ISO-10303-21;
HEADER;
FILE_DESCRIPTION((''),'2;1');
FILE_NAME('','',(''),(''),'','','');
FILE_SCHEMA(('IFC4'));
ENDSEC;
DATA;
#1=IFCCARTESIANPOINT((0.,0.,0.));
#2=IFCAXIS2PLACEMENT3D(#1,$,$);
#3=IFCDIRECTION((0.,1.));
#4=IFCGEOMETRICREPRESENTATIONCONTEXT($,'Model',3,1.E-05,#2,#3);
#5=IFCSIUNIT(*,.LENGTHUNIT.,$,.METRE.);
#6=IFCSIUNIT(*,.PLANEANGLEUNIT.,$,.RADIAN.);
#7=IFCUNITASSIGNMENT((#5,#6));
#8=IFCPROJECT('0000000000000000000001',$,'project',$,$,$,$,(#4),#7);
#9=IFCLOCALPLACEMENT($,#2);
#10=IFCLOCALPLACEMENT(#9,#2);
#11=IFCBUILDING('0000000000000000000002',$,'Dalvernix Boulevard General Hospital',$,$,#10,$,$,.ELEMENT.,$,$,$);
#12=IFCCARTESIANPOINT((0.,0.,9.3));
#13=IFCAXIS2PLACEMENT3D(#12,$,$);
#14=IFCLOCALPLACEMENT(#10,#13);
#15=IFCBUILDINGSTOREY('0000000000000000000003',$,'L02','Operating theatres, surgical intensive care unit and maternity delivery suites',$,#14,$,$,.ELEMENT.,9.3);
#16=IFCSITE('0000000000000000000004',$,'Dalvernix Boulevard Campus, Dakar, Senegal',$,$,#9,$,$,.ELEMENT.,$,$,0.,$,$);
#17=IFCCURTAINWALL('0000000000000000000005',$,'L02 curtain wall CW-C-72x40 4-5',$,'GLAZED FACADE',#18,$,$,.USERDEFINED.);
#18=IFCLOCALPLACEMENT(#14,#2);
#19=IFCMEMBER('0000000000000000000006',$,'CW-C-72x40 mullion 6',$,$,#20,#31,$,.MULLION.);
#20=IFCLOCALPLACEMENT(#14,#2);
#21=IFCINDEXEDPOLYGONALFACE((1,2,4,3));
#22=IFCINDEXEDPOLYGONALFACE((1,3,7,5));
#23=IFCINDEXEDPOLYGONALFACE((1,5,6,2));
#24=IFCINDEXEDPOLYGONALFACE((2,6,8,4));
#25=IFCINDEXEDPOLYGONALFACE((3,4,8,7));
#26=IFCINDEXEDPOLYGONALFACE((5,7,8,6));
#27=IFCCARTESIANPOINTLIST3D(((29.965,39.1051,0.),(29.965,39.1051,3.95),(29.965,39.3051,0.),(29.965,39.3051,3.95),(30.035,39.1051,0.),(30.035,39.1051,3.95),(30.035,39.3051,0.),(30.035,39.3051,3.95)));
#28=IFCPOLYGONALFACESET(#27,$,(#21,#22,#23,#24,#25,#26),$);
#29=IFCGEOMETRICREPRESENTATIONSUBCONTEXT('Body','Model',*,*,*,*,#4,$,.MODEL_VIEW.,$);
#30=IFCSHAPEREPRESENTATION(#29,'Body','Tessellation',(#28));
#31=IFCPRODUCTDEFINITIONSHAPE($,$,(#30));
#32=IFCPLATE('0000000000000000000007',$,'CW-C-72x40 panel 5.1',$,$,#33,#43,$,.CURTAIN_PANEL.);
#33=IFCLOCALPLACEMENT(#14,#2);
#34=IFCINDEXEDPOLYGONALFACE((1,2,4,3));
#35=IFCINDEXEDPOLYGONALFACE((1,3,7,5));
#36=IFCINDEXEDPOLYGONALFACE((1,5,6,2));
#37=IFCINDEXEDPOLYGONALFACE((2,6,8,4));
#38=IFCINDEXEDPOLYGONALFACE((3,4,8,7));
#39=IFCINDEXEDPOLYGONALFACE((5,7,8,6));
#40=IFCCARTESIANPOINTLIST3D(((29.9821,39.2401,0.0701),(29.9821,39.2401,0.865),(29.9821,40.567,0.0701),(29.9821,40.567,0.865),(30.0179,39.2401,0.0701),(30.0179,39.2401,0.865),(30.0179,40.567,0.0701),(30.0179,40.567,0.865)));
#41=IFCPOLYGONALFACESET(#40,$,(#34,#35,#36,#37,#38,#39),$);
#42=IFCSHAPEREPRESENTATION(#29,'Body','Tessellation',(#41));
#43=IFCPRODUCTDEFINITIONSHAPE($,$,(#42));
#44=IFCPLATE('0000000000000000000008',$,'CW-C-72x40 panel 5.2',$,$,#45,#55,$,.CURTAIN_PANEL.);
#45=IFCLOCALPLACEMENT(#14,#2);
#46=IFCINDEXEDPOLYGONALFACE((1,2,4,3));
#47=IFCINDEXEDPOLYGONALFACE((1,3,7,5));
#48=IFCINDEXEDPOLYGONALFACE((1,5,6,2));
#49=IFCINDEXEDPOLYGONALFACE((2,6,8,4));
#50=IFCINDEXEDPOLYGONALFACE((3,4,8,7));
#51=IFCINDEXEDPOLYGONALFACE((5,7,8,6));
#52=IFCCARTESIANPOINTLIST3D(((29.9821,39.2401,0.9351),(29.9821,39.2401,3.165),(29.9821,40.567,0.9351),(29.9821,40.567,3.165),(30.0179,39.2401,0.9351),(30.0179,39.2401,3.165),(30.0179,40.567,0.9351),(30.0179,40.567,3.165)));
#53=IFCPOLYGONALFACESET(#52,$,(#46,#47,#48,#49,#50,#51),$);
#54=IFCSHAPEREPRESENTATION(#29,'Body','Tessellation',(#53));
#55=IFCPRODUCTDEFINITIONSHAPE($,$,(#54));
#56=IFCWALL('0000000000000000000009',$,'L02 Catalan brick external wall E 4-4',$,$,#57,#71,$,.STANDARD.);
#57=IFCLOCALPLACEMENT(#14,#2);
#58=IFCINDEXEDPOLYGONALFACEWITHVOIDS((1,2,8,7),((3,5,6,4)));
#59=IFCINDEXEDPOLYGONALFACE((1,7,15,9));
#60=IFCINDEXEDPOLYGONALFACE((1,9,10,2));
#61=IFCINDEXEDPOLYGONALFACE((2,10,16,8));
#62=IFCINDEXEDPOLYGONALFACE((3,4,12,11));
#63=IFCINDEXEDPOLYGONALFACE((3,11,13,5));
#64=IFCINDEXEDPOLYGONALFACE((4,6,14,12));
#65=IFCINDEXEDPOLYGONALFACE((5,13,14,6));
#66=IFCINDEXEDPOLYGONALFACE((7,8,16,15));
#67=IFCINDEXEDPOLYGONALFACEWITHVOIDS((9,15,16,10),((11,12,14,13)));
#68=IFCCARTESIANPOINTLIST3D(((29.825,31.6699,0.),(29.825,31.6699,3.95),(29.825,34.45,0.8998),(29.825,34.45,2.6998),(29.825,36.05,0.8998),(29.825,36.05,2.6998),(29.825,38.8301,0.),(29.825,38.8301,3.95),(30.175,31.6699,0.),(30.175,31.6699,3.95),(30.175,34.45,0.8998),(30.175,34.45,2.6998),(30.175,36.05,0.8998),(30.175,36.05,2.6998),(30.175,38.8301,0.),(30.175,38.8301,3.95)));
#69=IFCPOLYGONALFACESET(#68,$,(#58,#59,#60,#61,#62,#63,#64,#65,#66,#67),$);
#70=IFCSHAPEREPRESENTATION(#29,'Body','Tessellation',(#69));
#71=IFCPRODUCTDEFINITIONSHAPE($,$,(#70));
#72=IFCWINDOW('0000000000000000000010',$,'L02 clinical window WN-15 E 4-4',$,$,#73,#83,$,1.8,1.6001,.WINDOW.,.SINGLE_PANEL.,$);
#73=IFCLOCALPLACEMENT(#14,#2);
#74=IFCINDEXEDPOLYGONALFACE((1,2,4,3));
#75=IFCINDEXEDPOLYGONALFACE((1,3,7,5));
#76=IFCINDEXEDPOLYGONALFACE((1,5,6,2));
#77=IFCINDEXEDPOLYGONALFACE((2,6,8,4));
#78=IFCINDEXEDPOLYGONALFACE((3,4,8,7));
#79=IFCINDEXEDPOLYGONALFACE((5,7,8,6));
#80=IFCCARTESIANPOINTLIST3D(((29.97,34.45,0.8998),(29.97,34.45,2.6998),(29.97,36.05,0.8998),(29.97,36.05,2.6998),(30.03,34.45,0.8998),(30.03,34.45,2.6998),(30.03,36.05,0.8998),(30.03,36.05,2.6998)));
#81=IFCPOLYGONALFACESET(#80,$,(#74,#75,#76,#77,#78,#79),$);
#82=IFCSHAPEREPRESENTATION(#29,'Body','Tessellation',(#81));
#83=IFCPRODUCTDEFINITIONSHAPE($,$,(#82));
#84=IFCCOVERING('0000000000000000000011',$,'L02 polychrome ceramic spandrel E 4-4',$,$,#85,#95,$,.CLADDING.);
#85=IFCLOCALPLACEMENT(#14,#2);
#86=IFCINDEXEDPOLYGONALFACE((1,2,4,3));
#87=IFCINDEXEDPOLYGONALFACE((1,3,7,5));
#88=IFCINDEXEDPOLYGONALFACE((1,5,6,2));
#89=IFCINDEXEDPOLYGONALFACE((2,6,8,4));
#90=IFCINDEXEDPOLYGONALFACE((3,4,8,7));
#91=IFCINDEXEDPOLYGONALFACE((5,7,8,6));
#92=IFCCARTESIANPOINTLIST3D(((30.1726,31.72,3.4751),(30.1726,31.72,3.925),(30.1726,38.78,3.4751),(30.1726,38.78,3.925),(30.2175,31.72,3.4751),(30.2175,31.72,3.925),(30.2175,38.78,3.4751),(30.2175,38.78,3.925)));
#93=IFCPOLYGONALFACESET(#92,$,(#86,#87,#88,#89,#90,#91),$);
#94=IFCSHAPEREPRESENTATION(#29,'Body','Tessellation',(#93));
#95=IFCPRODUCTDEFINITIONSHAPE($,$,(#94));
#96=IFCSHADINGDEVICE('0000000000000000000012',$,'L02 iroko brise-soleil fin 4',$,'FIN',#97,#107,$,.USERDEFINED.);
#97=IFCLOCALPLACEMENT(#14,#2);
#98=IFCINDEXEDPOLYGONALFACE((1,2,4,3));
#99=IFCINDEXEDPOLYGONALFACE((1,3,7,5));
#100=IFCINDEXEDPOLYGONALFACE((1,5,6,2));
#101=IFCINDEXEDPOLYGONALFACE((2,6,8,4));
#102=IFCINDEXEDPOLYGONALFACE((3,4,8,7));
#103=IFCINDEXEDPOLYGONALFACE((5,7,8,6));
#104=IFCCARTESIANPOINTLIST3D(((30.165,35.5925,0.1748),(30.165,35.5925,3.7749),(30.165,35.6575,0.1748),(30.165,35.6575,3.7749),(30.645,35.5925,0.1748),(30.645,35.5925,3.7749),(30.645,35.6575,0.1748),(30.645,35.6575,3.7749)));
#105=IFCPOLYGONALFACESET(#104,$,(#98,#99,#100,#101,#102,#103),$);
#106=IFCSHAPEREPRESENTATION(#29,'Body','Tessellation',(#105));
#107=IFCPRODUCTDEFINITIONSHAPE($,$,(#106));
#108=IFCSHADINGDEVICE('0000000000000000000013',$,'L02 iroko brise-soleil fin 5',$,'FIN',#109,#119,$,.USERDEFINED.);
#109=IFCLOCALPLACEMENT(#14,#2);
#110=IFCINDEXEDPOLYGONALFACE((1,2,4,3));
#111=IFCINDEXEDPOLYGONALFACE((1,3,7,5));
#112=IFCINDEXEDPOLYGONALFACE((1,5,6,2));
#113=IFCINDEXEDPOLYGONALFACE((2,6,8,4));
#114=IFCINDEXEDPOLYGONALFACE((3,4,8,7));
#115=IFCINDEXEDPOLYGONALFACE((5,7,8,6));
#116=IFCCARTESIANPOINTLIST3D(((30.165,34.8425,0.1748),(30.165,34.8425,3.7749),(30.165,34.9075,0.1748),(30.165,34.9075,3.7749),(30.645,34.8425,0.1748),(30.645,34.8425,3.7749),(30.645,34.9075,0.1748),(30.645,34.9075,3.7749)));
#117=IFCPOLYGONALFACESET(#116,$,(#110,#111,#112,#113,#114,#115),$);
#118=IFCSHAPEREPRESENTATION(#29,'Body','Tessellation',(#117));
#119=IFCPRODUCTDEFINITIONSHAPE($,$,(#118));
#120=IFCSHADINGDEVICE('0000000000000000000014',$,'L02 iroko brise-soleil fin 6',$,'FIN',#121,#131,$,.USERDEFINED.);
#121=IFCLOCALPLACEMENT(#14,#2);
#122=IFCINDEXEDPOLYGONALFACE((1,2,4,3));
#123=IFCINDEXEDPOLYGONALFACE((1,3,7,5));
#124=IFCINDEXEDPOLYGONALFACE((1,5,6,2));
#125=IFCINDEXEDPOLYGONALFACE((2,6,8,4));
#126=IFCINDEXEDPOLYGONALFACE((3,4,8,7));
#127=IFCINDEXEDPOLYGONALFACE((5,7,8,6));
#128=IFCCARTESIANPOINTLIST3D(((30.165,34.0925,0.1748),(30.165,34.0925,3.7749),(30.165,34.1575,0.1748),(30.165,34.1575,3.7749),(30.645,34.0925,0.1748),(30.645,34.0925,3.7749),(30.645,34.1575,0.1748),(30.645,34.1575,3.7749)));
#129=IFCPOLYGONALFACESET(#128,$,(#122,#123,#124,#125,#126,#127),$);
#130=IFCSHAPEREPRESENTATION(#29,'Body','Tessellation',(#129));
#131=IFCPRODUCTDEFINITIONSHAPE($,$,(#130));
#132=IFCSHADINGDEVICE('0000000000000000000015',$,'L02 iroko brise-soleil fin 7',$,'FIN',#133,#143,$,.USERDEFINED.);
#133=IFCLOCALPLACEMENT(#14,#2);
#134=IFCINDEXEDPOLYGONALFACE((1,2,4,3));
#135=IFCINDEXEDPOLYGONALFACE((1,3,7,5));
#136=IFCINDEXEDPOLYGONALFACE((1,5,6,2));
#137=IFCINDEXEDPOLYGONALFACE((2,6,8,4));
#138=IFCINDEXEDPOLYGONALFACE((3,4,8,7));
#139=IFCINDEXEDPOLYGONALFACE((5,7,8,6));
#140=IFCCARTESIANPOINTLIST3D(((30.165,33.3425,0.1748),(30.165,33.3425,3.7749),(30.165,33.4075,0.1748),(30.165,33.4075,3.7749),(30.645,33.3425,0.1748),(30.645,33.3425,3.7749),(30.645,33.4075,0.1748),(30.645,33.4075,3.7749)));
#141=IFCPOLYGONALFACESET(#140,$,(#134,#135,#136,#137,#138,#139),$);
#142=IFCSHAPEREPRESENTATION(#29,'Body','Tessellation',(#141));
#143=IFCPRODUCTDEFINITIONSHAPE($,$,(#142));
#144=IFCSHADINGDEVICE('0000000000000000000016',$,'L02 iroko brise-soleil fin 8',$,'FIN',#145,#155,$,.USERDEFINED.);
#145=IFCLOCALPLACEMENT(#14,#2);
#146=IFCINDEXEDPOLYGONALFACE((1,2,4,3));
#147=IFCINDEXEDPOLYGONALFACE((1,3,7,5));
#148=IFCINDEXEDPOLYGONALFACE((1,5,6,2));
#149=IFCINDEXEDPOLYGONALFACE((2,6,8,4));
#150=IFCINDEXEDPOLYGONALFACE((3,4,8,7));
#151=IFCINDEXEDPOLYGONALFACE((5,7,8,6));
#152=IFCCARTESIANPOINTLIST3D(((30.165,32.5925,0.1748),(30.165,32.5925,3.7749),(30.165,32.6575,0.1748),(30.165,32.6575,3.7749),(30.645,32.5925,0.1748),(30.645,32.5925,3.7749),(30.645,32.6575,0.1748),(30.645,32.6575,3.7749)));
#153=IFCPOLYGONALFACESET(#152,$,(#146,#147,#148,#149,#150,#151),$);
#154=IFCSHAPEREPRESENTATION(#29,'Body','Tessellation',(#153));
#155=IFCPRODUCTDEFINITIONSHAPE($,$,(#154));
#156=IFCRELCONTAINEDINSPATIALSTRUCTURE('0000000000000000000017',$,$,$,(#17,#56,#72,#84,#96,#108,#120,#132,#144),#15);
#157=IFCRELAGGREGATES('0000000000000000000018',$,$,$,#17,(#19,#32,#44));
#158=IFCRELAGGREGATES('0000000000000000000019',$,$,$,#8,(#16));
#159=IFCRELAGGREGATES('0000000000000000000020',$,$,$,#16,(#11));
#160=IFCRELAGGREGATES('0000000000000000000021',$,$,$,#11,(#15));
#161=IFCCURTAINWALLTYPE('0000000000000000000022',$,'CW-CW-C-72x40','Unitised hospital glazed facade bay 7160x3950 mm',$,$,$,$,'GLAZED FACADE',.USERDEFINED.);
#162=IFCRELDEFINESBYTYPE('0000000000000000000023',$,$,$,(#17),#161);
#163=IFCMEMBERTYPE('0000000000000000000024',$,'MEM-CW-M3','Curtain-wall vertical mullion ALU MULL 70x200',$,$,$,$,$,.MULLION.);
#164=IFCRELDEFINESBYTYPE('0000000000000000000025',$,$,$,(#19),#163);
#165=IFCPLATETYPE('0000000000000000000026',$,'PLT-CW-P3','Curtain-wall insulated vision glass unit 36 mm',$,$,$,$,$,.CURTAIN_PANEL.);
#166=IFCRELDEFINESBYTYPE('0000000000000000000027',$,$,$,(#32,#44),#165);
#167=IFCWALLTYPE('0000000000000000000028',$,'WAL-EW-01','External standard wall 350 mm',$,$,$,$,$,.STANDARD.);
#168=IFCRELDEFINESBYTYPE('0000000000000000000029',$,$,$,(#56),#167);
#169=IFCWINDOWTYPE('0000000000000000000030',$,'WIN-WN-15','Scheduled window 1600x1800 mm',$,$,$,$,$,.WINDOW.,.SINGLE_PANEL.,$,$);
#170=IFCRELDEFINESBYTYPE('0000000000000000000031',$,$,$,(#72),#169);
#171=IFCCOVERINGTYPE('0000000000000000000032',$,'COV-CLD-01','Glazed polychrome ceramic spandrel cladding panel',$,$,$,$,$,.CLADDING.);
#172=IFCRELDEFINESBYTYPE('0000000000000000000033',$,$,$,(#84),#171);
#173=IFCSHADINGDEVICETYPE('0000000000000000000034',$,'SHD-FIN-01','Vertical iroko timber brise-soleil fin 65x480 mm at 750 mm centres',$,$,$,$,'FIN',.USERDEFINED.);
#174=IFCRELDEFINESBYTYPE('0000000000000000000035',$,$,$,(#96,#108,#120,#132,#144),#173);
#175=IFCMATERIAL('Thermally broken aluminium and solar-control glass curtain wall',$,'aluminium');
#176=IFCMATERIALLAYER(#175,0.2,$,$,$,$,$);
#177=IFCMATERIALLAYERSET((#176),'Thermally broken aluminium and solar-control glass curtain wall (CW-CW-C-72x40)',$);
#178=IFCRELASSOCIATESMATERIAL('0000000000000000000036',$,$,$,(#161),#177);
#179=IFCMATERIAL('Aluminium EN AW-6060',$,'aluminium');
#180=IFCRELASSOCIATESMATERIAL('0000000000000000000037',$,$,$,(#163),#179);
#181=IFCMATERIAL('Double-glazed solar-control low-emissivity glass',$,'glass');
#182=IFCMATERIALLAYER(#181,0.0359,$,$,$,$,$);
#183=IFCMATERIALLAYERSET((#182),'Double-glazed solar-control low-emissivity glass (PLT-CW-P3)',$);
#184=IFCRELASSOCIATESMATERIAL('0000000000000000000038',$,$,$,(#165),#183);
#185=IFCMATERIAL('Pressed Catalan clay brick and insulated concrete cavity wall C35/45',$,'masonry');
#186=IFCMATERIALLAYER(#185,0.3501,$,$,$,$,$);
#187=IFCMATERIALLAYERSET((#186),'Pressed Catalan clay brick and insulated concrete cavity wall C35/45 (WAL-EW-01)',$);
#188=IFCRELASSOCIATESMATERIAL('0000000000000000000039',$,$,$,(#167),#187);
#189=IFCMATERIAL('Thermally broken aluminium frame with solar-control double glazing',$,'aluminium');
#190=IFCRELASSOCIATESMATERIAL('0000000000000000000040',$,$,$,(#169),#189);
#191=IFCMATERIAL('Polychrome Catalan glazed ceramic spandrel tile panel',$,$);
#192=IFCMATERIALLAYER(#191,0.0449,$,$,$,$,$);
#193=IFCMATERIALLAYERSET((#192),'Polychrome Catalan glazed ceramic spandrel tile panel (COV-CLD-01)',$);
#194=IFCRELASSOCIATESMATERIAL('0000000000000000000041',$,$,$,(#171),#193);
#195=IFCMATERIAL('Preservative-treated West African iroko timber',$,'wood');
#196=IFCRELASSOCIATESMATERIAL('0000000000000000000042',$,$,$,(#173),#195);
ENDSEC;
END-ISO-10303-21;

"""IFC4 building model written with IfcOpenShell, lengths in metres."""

from ifc_helpers import new_model, si_unit, direction, frame, frame_2d, origin, origin_2d, place, context, subcontext, project, spatial, rectangle, extrude, material, layer, layer_set, material_profile, profile_set, type_object, element, fill, aggregate, save


model = new_model("IFC4")

# Units and contexts
model_context = context("Model", 3, precision=1e-05, world=origin(), true_north=direction((0.0, 1.0)))
body_context = subcontext(model_context, "Body", "Model", "MODEL_VIEW")
ifc_project = project(units=[si_unit("LENGTHUNIT", "METRE"), si_unit("PLANEANGLEUNIT", "RADIAN")], contexts=[model_context])

# Site, building, storey
site_placement = place(None, origin())
site = spatial("IfcSite", under=ifc_project, at=site_placement, Name="Dalvernix Boulevard Campus, Dakar, Senegal", CompositionType="ELEMENT", RefElevation=0.0)
building_placement = place(site_placement, origin())
building = spatial("IfcBuilding", under=site, at=building_placement, Name="Dalvernix Boulevard General Hospital", CompositionType="ELEMENT")
storey_placement = place(building_placement, frame((0.0, 0.0, 9.3)))
storey = spatial("IfcBuildingStorey", under=building, at=storey_placement, Name="L02", Description="Operating theatres, surgical intensive care unit and maternity delivery suites", CompositionType="ELEMENT", Elevation=9.3)

# Curtain wall, member, plates
ifc_material_1 = material(Name="Thermally broken aluminium and solar-control glass curtain wall", Category="aluminium")
ifc_layer_1 = layer(ifc_material_1, 0.2)
ifc_layer_set_1 = layer_set([ifc_layer_1], Name="Thermally broken aluminium and solar-control glass curtain wall (CW-CW-C-72x40)")
curtain_wall_type = type_object("IfcCurtainWallType", Name="CW-CW-C-72x40", Description="Unitised hospital glazed facade bay 7160x3950 mm", ElementType="GLAZED FACADE", PredefinedType="USERDEFINED", material=ifc_layer_set_1)
curtain_wall_placement = place(storey_placement, origin())
curtain_wall = element("IfcCurtainWall", 1, at=curtain_wall_placement, inside=storey, type_object=curtain_wall_type, Name="L02 curtain wall CW-C-72x40 4-5", ObjectType="GLAZED FACADE", PredefinedType="USERDEFINED")
ifc_material_2 = material(Name="Aluminium EN AW-6060", Category="aluminium")
ifc_material_profile_1 = material_profile(ifc_material_2, rectangle(XDim=0.0701, YDim=0.2, at=origin_2d()), Name="ALU MULL 70x200")
ifc_profile_set_1 = profile_set([ifc_material_profile_1], Name="Aluminium EN AW-6060")
member_type = type_object("IfcMemberType", Name="MEM-CW-M3", Description="Curtain-wall vertical mullion ALU MULL 70x200", PredefinedType="MULLION", material=ifc_profile_set_1)
member_placement = place(storey_placement, frame((30.0, 39.2051, 0.0), z_axis=(0.0, 0.0, 1.0), x_axis=(1.0, 0.0, 0.0)))
member = element("IfcMember", 2, at=member_placement, type_object=member_type, Name="CW-C-72x40 mullion 6", PredefinedType="MULLION", context=body_context, shape_type="SweptSolid", body=[
    extrude(rectangle(XDim=0.0701, YDim=0.2, at=origin_2d()), origin(), (0.0, 0.0, 1.0), 3.95),
])
ifc_material_3 = material(Name="Double-glazed solar-control low-emissivity glass", Category="glass")
ifc_layer_2 = layer(ifc_material_3, 0.0359)
ifc_layer_set_2 = layer_set([ifc_layer_2], Name="Double-glazed solar-control low-emissivity glass (PLT-CW-P3)")
plate_type = type_object("IfcPlateType", Name="PLT-CW-P3", Description="Curtain-wall insulated vision glass unit 36 mm", PredefinedType="CURTAIN_PANEL", material=ifc_layer_set_2)
plate_1_placement = place(storey_placement, frame((30.0, 39.9036, 0.0701), z_axis=(0.0, 0.0, 1.0), x_axis=(0.0, -1.0, 0.0)))
plate_1 = element("IfcPlate", 3, at=plate_1_placement, type_object=plate_type, Name="CW-C-72x40 panel 5.1", PredefinedType="CURTAIN_PANEL", context=body_context, shape_type="SweptSolid", body=[
    extrude(rectangle(XDim=1.3269, YDim=0.0359, at=origin_2d()), origin(), (0.0, 0.0, 1.0), 0.7949),
])
plate_2_placement = place(storey_placement, frame((30.0, 39.9036, 0.9351), z_axis=(0.0, 0.0, 1.0), x_axis=(0.0, -1.0, 0.0)))
plate_2 = element("IfcPlate", 4, at=plate_2_placement, type_object=plate_type, Name="CW-C-72x40 panel 5.2", PredefinedType="CURTAIN_PANEL", context=body_context, shape_type="SweptSolid", body=[
    extrude(rectangle(XDim=1.3269, YDim=0.0359, at=origin_2d()), origin(), (0.0, 0.0, 1.0), 2.23),
])
aggregate(curtain_wall, [member, plate_1, plate_2])

# Wall, opening, window
ifc_material_4 = material(Name="Pressed Catalan clay brick and insulated concrete cavity wall C35/45", Category="masonry")
ifc_layer_3 = layer(ifc_material_4, 0.3501)
ifc_layer_set_3 = layer_set([ifc_layer_3], Name="Pressed Catalan clay brick and insulated concrete cavity wall C35/45 (WAL-EW-01)")
wall_type = type_object("IfcWallType", Name="WAL-EW-01", Description="External standard wall 350 mm", PredefinedType="STANDARD", material=ifc_layer_set_3)
wall_placement = place(storey_placement, frame((30.0, 38.8301, 0.0), z_axis=(0.0, 0.0, 1.0), x_axis=(0.0, -1.0, 0.0)))
wall = element("IfcWall", 5, at=wall_placement, inside=storey, type_object=wall_type, Name="L02 Catalan brick external wall E 4-4", PredefinedType="STANDARD", context=body_context, shape_type="SweptSolid", body=[
    extrude(rectangle(XDim=7.1602, YDim=0.3501, at=frame_2d((3.5801, 0.0))), origin(), (0.0, 0.0, 1.0), 3.95),
])
opening_placement = place(wall_placement, frame((2.78, 0.0, 0.8999)))
opening = element("IfcOpeningElement", 6, at=opening_placement, cuts=wall, PredefinedType="OPENING", context=body_context, shape_type="SweptSolid", body=[
    extrude(rectangle(XDim=1.6001, YDim=1.8, at=frame_2d((0.8, 0.8999))), frame((0.0, 0.1851, 0.0), z_axis=(0.0, -1.0, 0.0), x_axis=(1.0, 0.0, 0.0)), (0.0, 0.0, 1.0), 0.3701),
])
ifc_material_5 = material(Name="Thermally broken aluminium frame with solar-control double glazing", Category="aluminium")
window_type = type_object("IfcWindowType", Name="WIN-WN-15", Description="Scheduled window 1600x1800 mm", PartitioningType="SINGLE_PANEL", PredefinedType="WINDOW", material=ifc_material_5)
window_placement = place(opening_placement, origin())
window = element("IfcWindow", 7, at=window_placement, inside=storey, type_object=window_type, Name="L02 clinical window WN-15 E 4-4", OverallHeight=1.8, OverallWidth=1.6001, PartitioningType="SINGLE_PANEL", PredefinedType="WINDOW", context=body_context, shape_type="SweptSolid", body=[
    extrude(rectangle(XDim=1.6001, YDim=1.8, at=frame_2d((0.8, 0.8999))), frame((0.0, 0.03, 0.0), z_axis=(0.0, -1.0, 0.0), x_axis=(1.0, 0.0, 0.0)), (0.0, 0.0, 1.0), 0.0601),
])
fill(opening, window)

# Covering
ifc_material_6 = material(Name="Polychrome Catalan glazed ceramic spandrel tile panel")
ifc_layer_4 = layer(ifc_material_6, 0.0449)
ifc_layer_set_4 = layer_set([ifc_layer_4], Name="Polychrome Catalan glazed ceramic spandrel tile panel (COV-CLD-01)")
covering_type = type_object("IfcCoveringType", Name="COV-CLD-01", Description="Glazed polychrome ceramic spandrel cladding panel", PredefinedType="CLADDING", material=ifc_layer_set_4)
covering_placement = place(storey_placement, frame((30.1951, 35.25, 3.4751), z_axis=(0.0, 0.0, 1.0), x_axis=(0.0, -1.0, 0.0)))
element("IfcCovering", 8, at=covering_placement, inside=storey, type_object=covering_type, Name="L02 polychrome ceramic spandrel E 4-4", PredefinedType="CLADDING", context=body_context, shape_type="SweptSolid", body=[
    extrude(rectangle(XDim=7.0601, YDim=0.0449, at=origin_2d()), origin(), (0.0, 0.0, 1.0), 0.45),
])

# Shading devices
ifc_material_7 = material(Name="Preservative-treated West African iroko timber", Category="wood")
shading_device_type = type_object("IfcShadingDeviceType", Name="SHD-FIN-01", Description="Vertical iroko timber brise-soleil fin 65x480 mm at 750 mm centres", ElementType="FIN", PredefinedType="USERDEFINED", material=ifc_material_7)
for number, where, z_axis, x_axis, name in (
    (9, (30.405, 35.625, 0.1748), (0.0, 0.0, 1.0), (0.0, -1.0, 0.0), "L02 iroko brise-soleil fin 4"),
    (10, (30.405, 34.875, 0.1748), (0.0, 0.0, 1.0), (0.0, -1.0, 0.0), "L02 iroko brise-soleil fin 5"),
    (11, (30.405, 34.125, 0.1748), (0.0, 0.0, 1.0), (0.0, -1.0, 0.0), "L02 iroko brise-soleil fin 6"),
    (12, (30.405, 33.375, 0.1748), (0.0, 0.0, 1.0), (0.0, -1.0, 0.0), "L02 iroko brise-soleil fin 7"),
    (13, (30.405, 32.625, 0.1748), (0.0, 0.0, 1.0), (0.0, -1.0, 0.0), "L02 iroko brise-soleil fin 8"),
):
    element("IfcShadingDevice", number, at=place(storey_placement, frame(where, z_axis=z_axis, x_axis=x_axis)), inside=storey, type_object=shading_device_type, Name=name, ObjectType="FIN", PredefinedType="USERDEFINED", context=body_context, shape_type="SweptSolid", body=[
        extrude(rectangle(XDim=0.0649, YDim=0.48, at=origin_2d()), origin(), (0.0, 0.0, 1.0), 3.6001),
    ])

save(model, "model.ifc")
